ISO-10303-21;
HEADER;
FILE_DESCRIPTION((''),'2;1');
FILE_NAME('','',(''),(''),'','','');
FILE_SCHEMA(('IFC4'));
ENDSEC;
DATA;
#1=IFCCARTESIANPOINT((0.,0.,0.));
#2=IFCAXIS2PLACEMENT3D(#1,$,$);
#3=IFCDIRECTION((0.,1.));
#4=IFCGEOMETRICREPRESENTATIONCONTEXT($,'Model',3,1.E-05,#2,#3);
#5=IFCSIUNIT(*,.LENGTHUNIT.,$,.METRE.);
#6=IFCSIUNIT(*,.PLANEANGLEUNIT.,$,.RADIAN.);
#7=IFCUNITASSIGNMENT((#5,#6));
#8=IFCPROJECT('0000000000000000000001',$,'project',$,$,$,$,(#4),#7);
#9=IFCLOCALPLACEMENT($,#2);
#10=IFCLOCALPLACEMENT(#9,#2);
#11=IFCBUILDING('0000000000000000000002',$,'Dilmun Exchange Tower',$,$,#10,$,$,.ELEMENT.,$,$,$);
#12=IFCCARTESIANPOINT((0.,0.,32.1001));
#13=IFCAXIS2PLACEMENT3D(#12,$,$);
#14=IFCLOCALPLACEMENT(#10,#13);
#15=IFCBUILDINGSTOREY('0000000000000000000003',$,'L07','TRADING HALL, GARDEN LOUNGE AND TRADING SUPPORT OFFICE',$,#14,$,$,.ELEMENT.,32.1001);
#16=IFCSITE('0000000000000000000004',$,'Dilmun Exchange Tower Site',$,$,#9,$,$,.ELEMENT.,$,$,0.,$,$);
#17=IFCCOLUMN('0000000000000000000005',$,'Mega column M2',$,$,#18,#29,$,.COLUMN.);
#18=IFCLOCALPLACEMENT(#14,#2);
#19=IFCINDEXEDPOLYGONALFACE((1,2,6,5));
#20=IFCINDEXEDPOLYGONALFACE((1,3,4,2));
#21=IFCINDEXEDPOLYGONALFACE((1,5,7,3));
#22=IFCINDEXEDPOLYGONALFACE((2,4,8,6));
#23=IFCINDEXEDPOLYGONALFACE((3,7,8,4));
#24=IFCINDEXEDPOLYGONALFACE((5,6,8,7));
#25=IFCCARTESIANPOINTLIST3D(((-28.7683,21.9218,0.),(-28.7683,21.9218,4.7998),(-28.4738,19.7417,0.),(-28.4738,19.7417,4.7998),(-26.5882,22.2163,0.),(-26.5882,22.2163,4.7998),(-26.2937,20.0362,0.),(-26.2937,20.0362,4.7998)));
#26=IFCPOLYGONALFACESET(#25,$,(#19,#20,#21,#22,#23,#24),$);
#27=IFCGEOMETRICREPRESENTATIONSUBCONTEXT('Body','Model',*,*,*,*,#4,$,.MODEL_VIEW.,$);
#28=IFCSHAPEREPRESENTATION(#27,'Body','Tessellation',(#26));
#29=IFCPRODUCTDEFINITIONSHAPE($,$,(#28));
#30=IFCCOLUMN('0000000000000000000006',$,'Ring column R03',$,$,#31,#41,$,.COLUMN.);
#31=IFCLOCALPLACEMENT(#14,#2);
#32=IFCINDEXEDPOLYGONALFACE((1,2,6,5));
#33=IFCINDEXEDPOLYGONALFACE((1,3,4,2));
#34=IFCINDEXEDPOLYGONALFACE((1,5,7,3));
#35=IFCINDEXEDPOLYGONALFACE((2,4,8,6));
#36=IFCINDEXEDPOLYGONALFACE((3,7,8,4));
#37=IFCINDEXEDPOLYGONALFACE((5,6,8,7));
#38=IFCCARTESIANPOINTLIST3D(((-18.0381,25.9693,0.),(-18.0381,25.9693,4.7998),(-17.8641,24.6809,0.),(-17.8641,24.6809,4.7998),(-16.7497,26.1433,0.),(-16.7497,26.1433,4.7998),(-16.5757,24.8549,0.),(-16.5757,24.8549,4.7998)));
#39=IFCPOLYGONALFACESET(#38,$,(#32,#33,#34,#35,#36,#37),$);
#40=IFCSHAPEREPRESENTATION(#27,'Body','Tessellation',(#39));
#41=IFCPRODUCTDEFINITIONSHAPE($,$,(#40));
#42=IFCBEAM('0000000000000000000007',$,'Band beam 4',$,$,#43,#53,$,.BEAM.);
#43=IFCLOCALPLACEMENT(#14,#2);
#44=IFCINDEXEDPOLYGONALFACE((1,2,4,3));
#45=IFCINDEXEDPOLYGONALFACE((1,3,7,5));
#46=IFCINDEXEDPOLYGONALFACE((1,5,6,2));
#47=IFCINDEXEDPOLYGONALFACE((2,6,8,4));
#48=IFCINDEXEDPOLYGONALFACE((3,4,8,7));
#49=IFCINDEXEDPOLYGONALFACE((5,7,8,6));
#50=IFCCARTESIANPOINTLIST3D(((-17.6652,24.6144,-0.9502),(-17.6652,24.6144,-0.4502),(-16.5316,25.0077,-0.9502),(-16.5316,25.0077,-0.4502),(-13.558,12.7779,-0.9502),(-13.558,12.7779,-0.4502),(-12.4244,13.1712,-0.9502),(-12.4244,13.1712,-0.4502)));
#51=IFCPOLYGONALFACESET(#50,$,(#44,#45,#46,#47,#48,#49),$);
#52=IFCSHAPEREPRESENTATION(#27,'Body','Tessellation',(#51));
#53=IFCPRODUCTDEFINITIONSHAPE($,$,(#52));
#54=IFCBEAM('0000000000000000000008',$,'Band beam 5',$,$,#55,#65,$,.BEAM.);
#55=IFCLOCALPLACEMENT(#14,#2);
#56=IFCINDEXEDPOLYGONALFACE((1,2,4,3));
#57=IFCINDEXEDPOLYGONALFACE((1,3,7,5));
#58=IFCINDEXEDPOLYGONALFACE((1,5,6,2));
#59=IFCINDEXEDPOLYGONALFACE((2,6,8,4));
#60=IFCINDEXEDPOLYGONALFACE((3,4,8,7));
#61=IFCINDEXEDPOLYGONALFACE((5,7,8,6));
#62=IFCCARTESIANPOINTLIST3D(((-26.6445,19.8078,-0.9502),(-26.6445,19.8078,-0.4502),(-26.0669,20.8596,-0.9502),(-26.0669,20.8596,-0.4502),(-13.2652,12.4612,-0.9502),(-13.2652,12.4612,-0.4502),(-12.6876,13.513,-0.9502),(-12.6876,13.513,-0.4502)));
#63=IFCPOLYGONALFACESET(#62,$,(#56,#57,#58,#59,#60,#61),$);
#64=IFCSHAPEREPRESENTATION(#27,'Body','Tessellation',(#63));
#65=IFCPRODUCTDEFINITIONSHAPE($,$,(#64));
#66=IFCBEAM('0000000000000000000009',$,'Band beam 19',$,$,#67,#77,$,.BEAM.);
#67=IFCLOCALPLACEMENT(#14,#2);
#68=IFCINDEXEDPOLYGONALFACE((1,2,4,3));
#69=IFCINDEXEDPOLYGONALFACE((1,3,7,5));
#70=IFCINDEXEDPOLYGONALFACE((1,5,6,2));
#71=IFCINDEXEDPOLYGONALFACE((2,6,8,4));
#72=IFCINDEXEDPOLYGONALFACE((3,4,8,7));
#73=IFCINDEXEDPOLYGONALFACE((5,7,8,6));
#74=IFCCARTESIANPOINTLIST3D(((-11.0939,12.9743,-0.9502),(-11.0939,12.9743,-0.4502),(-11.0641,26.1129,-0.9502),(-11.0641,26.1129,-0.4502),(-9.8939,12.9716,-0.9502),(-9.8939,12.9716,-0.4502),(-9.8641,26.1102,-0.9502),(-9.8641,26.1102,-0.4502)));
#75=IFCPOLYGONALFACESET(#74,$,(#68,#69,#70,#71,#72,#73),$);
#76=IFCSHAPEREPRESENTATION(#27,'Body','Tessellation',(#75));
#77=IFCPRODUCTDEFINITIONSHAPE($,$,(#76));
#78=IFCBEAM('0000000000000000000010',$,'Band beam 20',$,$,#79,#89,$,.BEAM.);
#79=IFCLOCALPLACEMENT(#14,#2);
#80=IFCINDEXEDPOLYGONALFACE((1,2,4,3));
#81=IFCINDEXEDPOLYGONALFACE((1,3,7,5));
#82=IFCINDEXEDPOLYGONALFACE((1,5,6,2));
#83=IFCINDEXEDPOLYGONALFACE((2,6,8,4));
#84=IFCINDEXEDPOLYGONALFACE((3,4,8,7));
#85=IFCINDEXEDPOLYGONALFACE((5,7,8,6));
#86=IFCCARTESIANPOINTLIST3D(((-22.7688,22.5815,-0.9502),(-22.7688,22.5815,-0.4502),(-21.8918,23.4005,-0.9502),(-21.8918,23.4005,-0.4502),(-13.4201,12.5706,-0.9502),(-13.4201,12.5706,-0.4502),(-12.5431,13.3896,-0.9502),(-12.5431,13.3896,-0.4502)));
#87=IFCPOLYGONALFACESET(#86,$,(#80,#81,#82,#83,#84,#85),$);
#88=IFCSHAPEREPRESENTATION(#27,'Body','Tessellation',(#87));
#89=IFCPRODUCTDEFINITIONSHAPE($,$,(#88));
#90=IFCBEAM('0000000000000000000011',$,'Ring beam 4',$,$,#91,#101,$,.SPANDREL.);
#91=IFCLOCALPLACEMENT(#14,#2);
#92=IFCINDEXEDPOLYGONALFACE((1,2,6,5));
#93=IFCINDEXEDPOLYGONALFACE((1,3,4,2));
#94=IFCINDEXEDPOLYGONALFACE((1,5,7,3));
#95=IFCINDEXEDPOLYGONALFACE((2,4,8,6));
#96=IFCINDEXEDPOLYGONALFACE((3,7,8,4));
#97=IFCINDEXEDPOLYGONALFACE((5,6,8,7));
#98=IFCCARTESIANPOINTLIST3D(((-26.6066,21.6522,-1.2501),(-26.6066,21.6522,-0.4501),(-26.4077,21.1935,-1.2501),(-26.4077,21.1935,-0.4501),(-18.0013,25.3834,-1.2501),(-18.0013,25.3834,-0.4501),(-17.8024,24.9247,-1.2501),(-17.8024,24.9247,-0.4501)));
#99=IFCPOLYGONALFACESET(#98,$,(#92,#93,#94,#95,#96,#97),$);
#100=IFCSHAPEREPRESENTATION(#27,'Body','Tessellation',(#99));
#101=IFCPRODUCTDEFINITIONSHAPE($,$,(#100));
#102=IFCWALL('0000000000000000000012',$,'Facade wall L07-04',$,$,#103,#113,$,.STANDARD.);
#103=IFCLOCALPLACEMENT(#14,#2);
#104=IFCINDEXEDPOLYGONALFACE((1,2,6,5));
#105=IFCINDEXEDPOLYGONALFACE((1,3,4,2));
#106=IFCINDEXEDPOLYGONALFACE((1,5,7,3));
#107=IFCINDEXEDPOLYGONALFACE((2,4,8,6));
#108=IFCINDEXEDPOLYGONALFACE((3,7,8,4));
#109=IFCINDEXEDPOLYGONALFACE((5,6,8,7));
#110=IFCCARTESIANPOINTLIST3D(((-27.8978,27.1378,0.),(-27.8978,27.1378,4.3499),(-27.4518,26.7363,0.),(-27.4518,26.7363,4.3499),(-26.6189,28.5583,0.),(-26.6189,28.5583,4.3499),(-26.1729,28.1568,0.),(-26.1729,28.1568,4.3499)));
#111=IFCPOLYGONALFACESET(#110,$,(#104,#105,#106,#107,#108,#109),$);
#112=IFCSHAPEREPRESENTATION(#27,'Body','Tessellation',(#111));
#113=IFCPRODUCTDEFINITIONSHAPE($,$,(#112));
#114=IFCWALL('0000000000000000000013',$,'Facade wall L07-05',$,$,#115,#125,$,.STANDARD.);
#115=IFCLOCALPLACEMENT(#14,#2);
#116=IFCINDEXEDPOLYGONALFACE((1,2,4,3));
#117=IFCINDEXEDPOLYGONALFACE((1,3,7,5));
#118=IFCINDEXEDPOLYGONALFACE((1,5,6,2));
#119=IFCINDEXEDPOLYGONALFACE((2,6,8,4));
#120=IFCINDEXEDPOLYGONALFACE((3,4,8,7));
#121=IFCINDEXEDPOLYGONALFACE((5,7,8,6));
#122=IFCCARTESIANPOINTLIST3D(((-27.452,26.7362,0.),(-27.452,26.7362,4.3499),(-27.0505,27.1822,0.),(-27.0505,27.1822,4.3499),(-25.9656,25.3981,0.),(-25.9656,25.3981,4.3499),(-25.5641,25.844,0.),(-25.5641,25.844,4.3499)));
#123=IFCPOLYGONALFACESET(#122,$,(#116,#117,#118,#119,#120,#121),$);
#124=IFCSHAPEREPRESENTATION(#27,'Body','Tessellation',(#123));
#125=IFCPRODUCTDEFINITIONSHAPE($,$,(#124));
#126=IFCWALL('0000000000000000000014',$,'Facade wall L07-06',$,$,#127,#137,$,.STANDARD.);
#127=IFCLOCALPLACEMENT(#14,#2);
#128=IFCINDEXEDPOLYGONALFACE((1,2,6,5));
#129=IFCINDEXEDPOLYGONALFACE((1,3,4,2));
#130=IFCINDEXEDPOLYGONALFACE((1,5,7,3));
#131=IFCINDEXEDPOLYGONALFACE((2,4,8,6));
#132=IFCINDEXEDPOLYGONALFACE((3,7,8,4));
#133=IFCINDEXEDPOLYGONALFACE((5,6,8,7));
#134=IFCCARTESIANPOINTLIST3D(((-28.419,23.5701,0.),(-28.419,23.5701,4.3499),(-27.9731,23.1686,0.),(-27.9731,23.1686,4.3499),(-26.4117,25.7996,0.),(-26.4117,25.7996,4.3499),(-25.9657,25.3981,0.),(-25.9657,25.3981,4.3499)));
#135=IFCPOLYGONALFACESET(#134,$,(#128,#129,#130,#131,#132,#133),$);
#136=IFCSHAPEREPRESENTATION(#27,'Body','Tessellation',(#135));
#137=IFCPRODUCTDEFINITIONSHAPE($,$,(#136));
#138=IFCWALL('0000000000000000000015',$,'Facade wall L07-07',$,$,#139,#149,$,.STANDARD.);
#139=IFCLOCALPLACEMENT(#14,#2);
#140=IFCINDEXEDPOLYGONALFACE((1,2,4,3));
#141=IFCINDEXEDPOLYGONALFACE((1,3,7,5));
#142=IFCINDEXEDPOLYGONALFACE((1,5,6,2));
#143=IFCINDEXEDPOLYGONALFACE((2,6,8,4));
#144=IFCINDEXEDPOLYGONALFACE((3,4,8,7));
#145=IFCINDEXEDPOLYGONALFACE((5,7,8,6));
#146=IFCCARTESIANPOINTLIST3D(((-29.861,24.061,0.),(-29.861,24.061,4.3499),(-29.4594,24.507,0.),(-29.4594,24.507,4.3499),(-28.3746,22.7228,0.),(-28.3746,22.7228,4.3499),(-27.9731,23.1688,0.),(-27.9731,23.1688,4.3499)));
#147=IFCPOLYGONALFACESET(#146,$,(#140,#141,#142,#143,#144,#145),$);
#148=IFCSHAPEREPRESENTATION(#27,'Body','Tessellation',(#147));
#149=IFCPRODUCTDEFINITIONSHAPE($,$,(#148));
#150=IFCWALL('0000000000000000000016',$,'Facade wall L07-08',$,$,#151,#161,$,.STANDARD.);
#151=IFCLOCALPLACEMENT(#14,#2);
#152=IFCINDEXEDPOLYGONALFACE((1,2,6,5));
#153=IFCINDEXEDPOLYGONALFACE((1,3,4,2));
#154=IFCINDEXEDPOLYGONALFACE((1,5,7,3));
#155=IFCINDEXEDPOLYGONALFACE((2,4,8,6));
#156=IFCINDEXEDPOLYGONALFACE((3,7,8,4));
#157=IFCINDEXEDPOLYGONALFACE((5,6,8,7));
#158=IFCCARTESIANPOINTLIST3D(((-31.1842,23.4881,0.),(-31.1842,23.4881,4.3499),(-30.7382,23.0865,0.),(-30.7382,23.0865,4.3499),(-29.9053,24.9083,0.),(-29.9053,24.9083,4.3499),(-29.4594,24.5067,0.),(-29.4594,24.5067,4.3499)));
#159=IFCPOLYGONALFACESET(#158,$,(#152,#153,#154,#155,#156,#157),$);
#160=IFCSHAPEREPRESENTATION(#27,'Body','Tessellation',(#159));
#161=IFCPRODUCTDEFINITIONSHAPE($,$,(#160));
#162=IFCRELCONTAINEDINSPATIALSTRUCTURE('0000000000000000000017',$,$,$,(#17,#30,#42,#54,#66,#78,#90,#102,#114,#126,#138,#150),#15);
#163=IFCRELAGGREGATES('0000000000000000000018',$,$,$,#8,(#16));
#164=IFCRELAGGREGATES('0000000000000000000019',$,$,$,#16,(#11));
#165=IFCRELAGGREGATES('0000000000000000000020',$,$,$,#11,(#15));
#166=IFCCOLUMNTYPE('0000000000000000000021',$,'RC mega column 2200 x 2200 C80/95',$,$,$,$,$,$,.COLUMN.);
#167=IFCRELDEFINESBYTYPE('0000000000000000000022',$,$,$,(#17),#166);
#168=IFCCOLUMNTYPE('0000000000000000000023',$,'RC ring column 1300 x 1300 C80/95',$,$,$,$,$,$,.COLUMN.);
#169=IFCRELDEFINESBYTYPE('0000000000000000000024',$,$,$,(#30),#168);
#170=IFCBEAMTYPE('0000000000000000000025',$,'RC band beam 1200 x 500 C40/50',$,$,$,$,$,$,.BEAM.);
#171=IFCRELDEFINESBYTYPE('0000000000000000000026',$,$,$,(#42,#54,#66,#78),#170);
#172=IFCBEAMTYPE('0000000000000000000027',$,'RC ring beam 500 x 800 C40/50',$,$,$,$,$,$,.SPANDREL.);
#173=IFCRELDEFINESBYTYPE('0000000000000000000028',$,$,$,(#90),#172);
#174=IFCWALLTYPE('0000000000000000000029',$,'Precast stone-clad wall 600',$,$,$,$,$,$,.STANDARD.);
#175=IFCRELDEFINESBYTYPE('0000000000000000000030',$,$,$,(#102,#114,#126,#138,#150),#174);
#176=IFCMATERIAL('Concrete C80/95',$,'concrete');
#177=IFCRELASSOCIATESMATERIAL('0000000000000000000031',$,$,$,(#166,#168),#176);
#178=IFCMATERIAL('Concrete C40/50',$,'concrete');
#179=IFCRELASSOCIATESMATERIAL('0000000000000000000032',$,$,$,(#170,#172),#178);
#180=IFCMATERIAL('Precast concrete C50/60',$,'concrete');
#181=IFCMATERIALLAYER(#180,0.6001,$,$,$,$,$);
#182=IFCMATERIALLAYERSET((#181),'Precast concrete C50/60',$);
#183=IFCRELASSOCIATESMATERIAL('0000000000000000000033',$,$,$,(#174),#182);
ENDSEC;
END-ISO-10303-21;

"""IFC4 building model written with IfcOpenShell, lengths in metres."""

from ifc_helpers import new_model, si_unit, direction, frame, frame_2d, origin, origin_2d, place, context, subcontext, project, spatial, rectangle, extrude, material, layer, layer_set, material_profile, profile_set, type_object, element, save


model = new_model("IFC4")

# Units and contexts
model_context = context("Model", 3, precision=1e-05, world=origin(), true_north=direction((0.0, 1.0)))
body_context = subcontext(model_context, "Body", "Model", "MODEL_VIEW")
ifc_project = project(units=[si_unit("LENGTHUNIT", "METRE"), si_unit("PLANEANGLEUNIT", "RADIAN")], contexts=[model_context])

# Site, building, storey
site_placement = place(None, origin())
site = spatial("IfcSite", under=ifc_project, at=site_placement, Name="Dilmun Exchange Tower Site", CompositionType="ELEMENT", RefElevation=0.0)
building_placement = place(site_placement, origin())
building = spatial("IfcBuilding", under=site, at=building_placement, Name="Dilmun Exchange Tower", CompositionType="ELEMENT")
storey_placement = place(building_placement, frame((0.0, 0.0, 32.1001)))
storey = spatial("IfcBuildingStorey", under=building, at=storey_placement, Name="L07", Description="TRADING HALL, GARDEN LOUNGE AND TRADING SUPPORT OFFICE", CompositionType="ELEMENT", Elevation=32.1001)

# Columns
ifc_material_1 = material(Name="Concrete C80/95", Category="concrete")
ifc_material_profile_1 = material_profile(ifc_material_1, rectangle(XDim=2.2, YDim=2.2, at=origin_2d()), Name="2200 x 2200")
ifc_profile_set_1 = profile_set([ifc_material_profile_1], Name="Concrete C80/95")
column_type_1 = type_object("IfcColumnType", Name="RC mega column 2200 x 2200 C80/95", PredefinedType="COLUMN", material=ifc_profile_set_1)
column_1_placement = place(storey_placement, frame((-27.531, 20.979, 0.0), z_axis=(0.0, 0.0, 1.0), x_axis=(0.991001, 0.133853, 0.0)))
element("IfcColumn", 1, at=column_1_placement, inside=storey, type_object=column_type_1, Name="Mega column M2", PredefinedType="COLUMN", context=body_context, shape_type="SweptSolid", body=[
    extrude(rectangle(XDim=2.2, YDim=2.2, at=origin_2d()), origin(), (0.0, 0.0, 1.0), 4.7998),
])
ifc_material_profile_2 = material_profile(ifc_material_1, rectangle(XDim=1.3, YDim=1.3, at=origin_2d()), Name="1300 x 1300")
ifc_profile_set_2 = profile_set([ifc_material_profile_2], Name="Concrete C80/95")
column_type_2 = type_object("IfcColumnType", Name="RC ring column 1300 x 1300 C80/95", PredefinedType="COLUMN", material=ifc_profile_set_2)
column_2_placement = place(storey_placement, frame((-17.3069, 25.4121, 0.0), z_axis=(0.0, 0.0, 1.0), x_axis=(0.991001, 0.133853, 0.0)))
element("IfcColumn", 2, at=column_2_placement, inside=storey, type_object=column_type_2, Name="Ring column R03", PredefinedType="COLUMN", context=body_context, shape_type="SweptSolid", body=[
    extrude(rectangle(XDim=1.3, YDim=1.3, at=origin_2d()), origin(), (0.0, 0.0, 1.0), 4.7998),
])

# Beams
ifc_material_2 = material(Name="Concrete C40/50", Category="concrete")
ifc_material_profile_3 = material_profile(ifc_material_2, rectangle(XDim=1.2, YDim=0.5, at=origin_2d()), Name="1200 x 500")
ifc_profile_set_3 = profile_set([ifc_material_profile_3], Name="Concrete C40/50")
beam_type_1 = type_object("IfcBeamType", Name="RC band beam 1200 x 500 C40/50", PredefinedType="BEAM", material=ifc_profile_set_3)
beam_1_placement = place(storey_placement, frame((-17.0984, 24.811, -0.7002), z_axis=(0.32782, -0.94474, 0.0), x_axis=(0.94474, 0.32782, 0.0)))
element("IfcBeam", 3, at=beam_1_placement, inside=storey, type_object=beam_type_1, Name="Band beam 4", PredefinedType="BEAM", context=body_context, shape_type="SweptSolid", body=[
    extrude(rectangle(XDim=1.2, YDim=0.5, at=origin_2d()), origin(), (0.0, 0.0, 1.0), 12.5288),
])
beam_2_placement = place(storey_placement, frame((-26.3557, 20.3337, -0.7002), z_axis=(0.876547, -0.481316, 0.0), x_axis=(0.481316, 0.876547, 0.0)))
element("IfcBeam", 4, at=beam_2_placement, inside=storey, type_object=beam_type_1, Name="Band beam 5", PredefinedType="BEAM", context=body_context, shape_type="SweptSolid", body=[
    extrude(rectangle(XDim=1.2, YDim=0.5, at=origin_2d()), origin(), (0.0, 0.0, 1.0), 15.2637),
])
beam_3_placement = place(storey_placement, frame((-10.4641, 26.1116, -0.7002), z_axis=(-0.002267, -0.999997, 0.0), x_axis=(0.999997, -0.002267, 0.0)))
element("IfcBeam", 5, at=beam_3_placement, inside=storey, type_object=beam_type_1, Name="Band beam 19", PredefinedType="BEAM", context=body_context, shape_type="SweptSolid", body=[
    extrude(rectangle(XDim=1.2, YDim=0.5, at=origin_2d()), origin(), (0.0, 0.0, 1.0), 13.1387),
])
beam_4_placement = place(storey_placement, frame((-22.3303, 22.991, -0.7002), z_axis=(0.682524, -0.730863, 0.0), x_axis=(0.730863, 0.682524, 0.0)))
element("IfcBeam", 6, at=beam_4_placement, inside=storey, type_object=beam_type_1, Name="Band beam 20", PredefinedType="BEAM", context=body_context, shape_type="SweptSolid", body=[
    extrude(rectangle(XDim=1.2, YDim=0.5, at=origin_2d()), origin(), (0.0, 0.0, 1.0), 13.6973),
])
ifc_material_profile_4 = material_profile(ifc_material_2, rectangle(XDim=0.5, YDim=0.8, at=origin_2d()), Name="500 x 800")
ifc_profile_set_4 = profile_set([ifc_material_profile_4], Name="Concrete C40/50")
beam_type_2 = type_object("IfcBeamType", Name="RC ring beam 500 x 800 C40/50", PredefinedType="SPANDREL", material=ifc_profile_set_4)
beam_5_placement = place(storey_placement, frame((-17.9019, 25.1541, -0.8501), z_axis=(-0.917467, -0.397811, 0.0), x_axis=(0.397811, -0.917467, 0.0)))
element("IfcBeam", 7, at=beam_5_placement, inside=storey, type_object=beam_type_2, Name="Ring beam 4", PredefinedType="SPANDREL", context=body_context, shape_type="SweptSolid", body=[
    extrude(rectangle(XDim=0.5, YDim=0.8, at=origin_2d()), origin(), (0.0, 0.0, 1.0), 9.3794),
])

# Walls
ifc_material_3 = material(Name="Precast concrete C50/60", Category="concrete")
ifc_layer = layer(ifc_material_3, 0.6001)
ifc_layer_set = layer_set([ifc_layer], Name="Precast concrete C50/60")
wall_type = type_object("IfcWallType", Name="Precast stone-clad wall 600", PredefinedType="STANDARD", material=ifc_layer_set)
wall_1_placement = place(storey_placement, frame((-26.396, 28.3574, 0.0), z_axis=(0.0, 0.0, 1.0), x_axis=(-0.669092, -0.74318, 0.0)))
element("IfcWall", 8, at=wall_1_placement, inside=storey, type_object=wall_type, Name="Facade wall L07-04", PredefinedType="STANDARD", context=body_context, shape_type="SweptSolid", body=[
    extrude(rectangle(XDim=1.9114, YDim=0.6001, at=frame_2d((0.9556, 0.0))), origin(), (0.0, 0.0, 1.0), 4.3499),
])
wall_2_placement = place(storey_placement, frame((-27.2512, 26.9592, 0.0), z_axis=(0.0, 0.0, 1.0), x_axis=(0.743185, -0.669086, 0.0)))
element("IfcWall", 9, at=wall_2_placement, inside=storey, type_object=wall_type, Name="Facade wall L07-05", PredefinedType="STANDARD", context=body_context, shape_type="SweptSolid", body=[
    extrude(rectangle(XDim=2.0, YDim=0.6001, at=frame_2d((1.0, 0.0))), origin(), (0.0, 0.0, 1.0), 4.3499),
])
wall_3_placement = place(storey_placement, frame((-26.1887, 25.5989, 0.0), z_axis=(0.0, 0.0, 1.0), x_axis=(-0.669109, -0.743165, 0.0)))
element("IfcWall", 10, at=wall_3_placement, inside=storey, type_object=wall_type, Name="Facade wall L07-06", PredefinedType="STANDARD", context=body_context, shape_type="SweptSolid", body=[
    extrude(rectangle(XDim=3.0, YDim=0.6001, at=frame_2d((1.5, 0.0))), origin(), (0.0, 0.0, 1.0), 4.3499),
])
wall_4_placement = place(storey_placement, frame((-28.1738, 22.9458, 0.0), z_axis=(0.0, 0.0, 1.0), x_axis=(-0.743185, 0.669086, 0.0)))
element("IfcWall", 11, at=wall_4_placement, inside=storey, type_object=wall_type, Name="Facade wall L07-07", PredefinedType="STANDARD", context=body_context, shape_type="SweptSolid", body=[
    extrude(rectangle(XDim=2.0, YDim=0.6001, at=frame_2d((1.0, 0.0))), origin(), (0.0, 0.0, 1.0), 4.3499),
])
wall_5_placement = place(storey_placement, frame((-29.6824, 24.7075, 0.0), z_axis=(0.0, 0.0, 1.0), x_axis=(-0.669155, -0.743123, 0.0)))
element("IfcWall", 12, at=wall_5_placement, inside=storey, type_object=wall_type, Name="Facade wall L07-08", PredefinedType="STANDARD", context=body_context, shape_type="SweptSolid", body=[
    extrude(rectangle(XDim=1.9111, YDim=0.6001, at=frame_2d((0.9556, 0.0))), origin(), (0.0, 0.0, 1.0), 4.3499),
])

save(model, "model.ifc")
